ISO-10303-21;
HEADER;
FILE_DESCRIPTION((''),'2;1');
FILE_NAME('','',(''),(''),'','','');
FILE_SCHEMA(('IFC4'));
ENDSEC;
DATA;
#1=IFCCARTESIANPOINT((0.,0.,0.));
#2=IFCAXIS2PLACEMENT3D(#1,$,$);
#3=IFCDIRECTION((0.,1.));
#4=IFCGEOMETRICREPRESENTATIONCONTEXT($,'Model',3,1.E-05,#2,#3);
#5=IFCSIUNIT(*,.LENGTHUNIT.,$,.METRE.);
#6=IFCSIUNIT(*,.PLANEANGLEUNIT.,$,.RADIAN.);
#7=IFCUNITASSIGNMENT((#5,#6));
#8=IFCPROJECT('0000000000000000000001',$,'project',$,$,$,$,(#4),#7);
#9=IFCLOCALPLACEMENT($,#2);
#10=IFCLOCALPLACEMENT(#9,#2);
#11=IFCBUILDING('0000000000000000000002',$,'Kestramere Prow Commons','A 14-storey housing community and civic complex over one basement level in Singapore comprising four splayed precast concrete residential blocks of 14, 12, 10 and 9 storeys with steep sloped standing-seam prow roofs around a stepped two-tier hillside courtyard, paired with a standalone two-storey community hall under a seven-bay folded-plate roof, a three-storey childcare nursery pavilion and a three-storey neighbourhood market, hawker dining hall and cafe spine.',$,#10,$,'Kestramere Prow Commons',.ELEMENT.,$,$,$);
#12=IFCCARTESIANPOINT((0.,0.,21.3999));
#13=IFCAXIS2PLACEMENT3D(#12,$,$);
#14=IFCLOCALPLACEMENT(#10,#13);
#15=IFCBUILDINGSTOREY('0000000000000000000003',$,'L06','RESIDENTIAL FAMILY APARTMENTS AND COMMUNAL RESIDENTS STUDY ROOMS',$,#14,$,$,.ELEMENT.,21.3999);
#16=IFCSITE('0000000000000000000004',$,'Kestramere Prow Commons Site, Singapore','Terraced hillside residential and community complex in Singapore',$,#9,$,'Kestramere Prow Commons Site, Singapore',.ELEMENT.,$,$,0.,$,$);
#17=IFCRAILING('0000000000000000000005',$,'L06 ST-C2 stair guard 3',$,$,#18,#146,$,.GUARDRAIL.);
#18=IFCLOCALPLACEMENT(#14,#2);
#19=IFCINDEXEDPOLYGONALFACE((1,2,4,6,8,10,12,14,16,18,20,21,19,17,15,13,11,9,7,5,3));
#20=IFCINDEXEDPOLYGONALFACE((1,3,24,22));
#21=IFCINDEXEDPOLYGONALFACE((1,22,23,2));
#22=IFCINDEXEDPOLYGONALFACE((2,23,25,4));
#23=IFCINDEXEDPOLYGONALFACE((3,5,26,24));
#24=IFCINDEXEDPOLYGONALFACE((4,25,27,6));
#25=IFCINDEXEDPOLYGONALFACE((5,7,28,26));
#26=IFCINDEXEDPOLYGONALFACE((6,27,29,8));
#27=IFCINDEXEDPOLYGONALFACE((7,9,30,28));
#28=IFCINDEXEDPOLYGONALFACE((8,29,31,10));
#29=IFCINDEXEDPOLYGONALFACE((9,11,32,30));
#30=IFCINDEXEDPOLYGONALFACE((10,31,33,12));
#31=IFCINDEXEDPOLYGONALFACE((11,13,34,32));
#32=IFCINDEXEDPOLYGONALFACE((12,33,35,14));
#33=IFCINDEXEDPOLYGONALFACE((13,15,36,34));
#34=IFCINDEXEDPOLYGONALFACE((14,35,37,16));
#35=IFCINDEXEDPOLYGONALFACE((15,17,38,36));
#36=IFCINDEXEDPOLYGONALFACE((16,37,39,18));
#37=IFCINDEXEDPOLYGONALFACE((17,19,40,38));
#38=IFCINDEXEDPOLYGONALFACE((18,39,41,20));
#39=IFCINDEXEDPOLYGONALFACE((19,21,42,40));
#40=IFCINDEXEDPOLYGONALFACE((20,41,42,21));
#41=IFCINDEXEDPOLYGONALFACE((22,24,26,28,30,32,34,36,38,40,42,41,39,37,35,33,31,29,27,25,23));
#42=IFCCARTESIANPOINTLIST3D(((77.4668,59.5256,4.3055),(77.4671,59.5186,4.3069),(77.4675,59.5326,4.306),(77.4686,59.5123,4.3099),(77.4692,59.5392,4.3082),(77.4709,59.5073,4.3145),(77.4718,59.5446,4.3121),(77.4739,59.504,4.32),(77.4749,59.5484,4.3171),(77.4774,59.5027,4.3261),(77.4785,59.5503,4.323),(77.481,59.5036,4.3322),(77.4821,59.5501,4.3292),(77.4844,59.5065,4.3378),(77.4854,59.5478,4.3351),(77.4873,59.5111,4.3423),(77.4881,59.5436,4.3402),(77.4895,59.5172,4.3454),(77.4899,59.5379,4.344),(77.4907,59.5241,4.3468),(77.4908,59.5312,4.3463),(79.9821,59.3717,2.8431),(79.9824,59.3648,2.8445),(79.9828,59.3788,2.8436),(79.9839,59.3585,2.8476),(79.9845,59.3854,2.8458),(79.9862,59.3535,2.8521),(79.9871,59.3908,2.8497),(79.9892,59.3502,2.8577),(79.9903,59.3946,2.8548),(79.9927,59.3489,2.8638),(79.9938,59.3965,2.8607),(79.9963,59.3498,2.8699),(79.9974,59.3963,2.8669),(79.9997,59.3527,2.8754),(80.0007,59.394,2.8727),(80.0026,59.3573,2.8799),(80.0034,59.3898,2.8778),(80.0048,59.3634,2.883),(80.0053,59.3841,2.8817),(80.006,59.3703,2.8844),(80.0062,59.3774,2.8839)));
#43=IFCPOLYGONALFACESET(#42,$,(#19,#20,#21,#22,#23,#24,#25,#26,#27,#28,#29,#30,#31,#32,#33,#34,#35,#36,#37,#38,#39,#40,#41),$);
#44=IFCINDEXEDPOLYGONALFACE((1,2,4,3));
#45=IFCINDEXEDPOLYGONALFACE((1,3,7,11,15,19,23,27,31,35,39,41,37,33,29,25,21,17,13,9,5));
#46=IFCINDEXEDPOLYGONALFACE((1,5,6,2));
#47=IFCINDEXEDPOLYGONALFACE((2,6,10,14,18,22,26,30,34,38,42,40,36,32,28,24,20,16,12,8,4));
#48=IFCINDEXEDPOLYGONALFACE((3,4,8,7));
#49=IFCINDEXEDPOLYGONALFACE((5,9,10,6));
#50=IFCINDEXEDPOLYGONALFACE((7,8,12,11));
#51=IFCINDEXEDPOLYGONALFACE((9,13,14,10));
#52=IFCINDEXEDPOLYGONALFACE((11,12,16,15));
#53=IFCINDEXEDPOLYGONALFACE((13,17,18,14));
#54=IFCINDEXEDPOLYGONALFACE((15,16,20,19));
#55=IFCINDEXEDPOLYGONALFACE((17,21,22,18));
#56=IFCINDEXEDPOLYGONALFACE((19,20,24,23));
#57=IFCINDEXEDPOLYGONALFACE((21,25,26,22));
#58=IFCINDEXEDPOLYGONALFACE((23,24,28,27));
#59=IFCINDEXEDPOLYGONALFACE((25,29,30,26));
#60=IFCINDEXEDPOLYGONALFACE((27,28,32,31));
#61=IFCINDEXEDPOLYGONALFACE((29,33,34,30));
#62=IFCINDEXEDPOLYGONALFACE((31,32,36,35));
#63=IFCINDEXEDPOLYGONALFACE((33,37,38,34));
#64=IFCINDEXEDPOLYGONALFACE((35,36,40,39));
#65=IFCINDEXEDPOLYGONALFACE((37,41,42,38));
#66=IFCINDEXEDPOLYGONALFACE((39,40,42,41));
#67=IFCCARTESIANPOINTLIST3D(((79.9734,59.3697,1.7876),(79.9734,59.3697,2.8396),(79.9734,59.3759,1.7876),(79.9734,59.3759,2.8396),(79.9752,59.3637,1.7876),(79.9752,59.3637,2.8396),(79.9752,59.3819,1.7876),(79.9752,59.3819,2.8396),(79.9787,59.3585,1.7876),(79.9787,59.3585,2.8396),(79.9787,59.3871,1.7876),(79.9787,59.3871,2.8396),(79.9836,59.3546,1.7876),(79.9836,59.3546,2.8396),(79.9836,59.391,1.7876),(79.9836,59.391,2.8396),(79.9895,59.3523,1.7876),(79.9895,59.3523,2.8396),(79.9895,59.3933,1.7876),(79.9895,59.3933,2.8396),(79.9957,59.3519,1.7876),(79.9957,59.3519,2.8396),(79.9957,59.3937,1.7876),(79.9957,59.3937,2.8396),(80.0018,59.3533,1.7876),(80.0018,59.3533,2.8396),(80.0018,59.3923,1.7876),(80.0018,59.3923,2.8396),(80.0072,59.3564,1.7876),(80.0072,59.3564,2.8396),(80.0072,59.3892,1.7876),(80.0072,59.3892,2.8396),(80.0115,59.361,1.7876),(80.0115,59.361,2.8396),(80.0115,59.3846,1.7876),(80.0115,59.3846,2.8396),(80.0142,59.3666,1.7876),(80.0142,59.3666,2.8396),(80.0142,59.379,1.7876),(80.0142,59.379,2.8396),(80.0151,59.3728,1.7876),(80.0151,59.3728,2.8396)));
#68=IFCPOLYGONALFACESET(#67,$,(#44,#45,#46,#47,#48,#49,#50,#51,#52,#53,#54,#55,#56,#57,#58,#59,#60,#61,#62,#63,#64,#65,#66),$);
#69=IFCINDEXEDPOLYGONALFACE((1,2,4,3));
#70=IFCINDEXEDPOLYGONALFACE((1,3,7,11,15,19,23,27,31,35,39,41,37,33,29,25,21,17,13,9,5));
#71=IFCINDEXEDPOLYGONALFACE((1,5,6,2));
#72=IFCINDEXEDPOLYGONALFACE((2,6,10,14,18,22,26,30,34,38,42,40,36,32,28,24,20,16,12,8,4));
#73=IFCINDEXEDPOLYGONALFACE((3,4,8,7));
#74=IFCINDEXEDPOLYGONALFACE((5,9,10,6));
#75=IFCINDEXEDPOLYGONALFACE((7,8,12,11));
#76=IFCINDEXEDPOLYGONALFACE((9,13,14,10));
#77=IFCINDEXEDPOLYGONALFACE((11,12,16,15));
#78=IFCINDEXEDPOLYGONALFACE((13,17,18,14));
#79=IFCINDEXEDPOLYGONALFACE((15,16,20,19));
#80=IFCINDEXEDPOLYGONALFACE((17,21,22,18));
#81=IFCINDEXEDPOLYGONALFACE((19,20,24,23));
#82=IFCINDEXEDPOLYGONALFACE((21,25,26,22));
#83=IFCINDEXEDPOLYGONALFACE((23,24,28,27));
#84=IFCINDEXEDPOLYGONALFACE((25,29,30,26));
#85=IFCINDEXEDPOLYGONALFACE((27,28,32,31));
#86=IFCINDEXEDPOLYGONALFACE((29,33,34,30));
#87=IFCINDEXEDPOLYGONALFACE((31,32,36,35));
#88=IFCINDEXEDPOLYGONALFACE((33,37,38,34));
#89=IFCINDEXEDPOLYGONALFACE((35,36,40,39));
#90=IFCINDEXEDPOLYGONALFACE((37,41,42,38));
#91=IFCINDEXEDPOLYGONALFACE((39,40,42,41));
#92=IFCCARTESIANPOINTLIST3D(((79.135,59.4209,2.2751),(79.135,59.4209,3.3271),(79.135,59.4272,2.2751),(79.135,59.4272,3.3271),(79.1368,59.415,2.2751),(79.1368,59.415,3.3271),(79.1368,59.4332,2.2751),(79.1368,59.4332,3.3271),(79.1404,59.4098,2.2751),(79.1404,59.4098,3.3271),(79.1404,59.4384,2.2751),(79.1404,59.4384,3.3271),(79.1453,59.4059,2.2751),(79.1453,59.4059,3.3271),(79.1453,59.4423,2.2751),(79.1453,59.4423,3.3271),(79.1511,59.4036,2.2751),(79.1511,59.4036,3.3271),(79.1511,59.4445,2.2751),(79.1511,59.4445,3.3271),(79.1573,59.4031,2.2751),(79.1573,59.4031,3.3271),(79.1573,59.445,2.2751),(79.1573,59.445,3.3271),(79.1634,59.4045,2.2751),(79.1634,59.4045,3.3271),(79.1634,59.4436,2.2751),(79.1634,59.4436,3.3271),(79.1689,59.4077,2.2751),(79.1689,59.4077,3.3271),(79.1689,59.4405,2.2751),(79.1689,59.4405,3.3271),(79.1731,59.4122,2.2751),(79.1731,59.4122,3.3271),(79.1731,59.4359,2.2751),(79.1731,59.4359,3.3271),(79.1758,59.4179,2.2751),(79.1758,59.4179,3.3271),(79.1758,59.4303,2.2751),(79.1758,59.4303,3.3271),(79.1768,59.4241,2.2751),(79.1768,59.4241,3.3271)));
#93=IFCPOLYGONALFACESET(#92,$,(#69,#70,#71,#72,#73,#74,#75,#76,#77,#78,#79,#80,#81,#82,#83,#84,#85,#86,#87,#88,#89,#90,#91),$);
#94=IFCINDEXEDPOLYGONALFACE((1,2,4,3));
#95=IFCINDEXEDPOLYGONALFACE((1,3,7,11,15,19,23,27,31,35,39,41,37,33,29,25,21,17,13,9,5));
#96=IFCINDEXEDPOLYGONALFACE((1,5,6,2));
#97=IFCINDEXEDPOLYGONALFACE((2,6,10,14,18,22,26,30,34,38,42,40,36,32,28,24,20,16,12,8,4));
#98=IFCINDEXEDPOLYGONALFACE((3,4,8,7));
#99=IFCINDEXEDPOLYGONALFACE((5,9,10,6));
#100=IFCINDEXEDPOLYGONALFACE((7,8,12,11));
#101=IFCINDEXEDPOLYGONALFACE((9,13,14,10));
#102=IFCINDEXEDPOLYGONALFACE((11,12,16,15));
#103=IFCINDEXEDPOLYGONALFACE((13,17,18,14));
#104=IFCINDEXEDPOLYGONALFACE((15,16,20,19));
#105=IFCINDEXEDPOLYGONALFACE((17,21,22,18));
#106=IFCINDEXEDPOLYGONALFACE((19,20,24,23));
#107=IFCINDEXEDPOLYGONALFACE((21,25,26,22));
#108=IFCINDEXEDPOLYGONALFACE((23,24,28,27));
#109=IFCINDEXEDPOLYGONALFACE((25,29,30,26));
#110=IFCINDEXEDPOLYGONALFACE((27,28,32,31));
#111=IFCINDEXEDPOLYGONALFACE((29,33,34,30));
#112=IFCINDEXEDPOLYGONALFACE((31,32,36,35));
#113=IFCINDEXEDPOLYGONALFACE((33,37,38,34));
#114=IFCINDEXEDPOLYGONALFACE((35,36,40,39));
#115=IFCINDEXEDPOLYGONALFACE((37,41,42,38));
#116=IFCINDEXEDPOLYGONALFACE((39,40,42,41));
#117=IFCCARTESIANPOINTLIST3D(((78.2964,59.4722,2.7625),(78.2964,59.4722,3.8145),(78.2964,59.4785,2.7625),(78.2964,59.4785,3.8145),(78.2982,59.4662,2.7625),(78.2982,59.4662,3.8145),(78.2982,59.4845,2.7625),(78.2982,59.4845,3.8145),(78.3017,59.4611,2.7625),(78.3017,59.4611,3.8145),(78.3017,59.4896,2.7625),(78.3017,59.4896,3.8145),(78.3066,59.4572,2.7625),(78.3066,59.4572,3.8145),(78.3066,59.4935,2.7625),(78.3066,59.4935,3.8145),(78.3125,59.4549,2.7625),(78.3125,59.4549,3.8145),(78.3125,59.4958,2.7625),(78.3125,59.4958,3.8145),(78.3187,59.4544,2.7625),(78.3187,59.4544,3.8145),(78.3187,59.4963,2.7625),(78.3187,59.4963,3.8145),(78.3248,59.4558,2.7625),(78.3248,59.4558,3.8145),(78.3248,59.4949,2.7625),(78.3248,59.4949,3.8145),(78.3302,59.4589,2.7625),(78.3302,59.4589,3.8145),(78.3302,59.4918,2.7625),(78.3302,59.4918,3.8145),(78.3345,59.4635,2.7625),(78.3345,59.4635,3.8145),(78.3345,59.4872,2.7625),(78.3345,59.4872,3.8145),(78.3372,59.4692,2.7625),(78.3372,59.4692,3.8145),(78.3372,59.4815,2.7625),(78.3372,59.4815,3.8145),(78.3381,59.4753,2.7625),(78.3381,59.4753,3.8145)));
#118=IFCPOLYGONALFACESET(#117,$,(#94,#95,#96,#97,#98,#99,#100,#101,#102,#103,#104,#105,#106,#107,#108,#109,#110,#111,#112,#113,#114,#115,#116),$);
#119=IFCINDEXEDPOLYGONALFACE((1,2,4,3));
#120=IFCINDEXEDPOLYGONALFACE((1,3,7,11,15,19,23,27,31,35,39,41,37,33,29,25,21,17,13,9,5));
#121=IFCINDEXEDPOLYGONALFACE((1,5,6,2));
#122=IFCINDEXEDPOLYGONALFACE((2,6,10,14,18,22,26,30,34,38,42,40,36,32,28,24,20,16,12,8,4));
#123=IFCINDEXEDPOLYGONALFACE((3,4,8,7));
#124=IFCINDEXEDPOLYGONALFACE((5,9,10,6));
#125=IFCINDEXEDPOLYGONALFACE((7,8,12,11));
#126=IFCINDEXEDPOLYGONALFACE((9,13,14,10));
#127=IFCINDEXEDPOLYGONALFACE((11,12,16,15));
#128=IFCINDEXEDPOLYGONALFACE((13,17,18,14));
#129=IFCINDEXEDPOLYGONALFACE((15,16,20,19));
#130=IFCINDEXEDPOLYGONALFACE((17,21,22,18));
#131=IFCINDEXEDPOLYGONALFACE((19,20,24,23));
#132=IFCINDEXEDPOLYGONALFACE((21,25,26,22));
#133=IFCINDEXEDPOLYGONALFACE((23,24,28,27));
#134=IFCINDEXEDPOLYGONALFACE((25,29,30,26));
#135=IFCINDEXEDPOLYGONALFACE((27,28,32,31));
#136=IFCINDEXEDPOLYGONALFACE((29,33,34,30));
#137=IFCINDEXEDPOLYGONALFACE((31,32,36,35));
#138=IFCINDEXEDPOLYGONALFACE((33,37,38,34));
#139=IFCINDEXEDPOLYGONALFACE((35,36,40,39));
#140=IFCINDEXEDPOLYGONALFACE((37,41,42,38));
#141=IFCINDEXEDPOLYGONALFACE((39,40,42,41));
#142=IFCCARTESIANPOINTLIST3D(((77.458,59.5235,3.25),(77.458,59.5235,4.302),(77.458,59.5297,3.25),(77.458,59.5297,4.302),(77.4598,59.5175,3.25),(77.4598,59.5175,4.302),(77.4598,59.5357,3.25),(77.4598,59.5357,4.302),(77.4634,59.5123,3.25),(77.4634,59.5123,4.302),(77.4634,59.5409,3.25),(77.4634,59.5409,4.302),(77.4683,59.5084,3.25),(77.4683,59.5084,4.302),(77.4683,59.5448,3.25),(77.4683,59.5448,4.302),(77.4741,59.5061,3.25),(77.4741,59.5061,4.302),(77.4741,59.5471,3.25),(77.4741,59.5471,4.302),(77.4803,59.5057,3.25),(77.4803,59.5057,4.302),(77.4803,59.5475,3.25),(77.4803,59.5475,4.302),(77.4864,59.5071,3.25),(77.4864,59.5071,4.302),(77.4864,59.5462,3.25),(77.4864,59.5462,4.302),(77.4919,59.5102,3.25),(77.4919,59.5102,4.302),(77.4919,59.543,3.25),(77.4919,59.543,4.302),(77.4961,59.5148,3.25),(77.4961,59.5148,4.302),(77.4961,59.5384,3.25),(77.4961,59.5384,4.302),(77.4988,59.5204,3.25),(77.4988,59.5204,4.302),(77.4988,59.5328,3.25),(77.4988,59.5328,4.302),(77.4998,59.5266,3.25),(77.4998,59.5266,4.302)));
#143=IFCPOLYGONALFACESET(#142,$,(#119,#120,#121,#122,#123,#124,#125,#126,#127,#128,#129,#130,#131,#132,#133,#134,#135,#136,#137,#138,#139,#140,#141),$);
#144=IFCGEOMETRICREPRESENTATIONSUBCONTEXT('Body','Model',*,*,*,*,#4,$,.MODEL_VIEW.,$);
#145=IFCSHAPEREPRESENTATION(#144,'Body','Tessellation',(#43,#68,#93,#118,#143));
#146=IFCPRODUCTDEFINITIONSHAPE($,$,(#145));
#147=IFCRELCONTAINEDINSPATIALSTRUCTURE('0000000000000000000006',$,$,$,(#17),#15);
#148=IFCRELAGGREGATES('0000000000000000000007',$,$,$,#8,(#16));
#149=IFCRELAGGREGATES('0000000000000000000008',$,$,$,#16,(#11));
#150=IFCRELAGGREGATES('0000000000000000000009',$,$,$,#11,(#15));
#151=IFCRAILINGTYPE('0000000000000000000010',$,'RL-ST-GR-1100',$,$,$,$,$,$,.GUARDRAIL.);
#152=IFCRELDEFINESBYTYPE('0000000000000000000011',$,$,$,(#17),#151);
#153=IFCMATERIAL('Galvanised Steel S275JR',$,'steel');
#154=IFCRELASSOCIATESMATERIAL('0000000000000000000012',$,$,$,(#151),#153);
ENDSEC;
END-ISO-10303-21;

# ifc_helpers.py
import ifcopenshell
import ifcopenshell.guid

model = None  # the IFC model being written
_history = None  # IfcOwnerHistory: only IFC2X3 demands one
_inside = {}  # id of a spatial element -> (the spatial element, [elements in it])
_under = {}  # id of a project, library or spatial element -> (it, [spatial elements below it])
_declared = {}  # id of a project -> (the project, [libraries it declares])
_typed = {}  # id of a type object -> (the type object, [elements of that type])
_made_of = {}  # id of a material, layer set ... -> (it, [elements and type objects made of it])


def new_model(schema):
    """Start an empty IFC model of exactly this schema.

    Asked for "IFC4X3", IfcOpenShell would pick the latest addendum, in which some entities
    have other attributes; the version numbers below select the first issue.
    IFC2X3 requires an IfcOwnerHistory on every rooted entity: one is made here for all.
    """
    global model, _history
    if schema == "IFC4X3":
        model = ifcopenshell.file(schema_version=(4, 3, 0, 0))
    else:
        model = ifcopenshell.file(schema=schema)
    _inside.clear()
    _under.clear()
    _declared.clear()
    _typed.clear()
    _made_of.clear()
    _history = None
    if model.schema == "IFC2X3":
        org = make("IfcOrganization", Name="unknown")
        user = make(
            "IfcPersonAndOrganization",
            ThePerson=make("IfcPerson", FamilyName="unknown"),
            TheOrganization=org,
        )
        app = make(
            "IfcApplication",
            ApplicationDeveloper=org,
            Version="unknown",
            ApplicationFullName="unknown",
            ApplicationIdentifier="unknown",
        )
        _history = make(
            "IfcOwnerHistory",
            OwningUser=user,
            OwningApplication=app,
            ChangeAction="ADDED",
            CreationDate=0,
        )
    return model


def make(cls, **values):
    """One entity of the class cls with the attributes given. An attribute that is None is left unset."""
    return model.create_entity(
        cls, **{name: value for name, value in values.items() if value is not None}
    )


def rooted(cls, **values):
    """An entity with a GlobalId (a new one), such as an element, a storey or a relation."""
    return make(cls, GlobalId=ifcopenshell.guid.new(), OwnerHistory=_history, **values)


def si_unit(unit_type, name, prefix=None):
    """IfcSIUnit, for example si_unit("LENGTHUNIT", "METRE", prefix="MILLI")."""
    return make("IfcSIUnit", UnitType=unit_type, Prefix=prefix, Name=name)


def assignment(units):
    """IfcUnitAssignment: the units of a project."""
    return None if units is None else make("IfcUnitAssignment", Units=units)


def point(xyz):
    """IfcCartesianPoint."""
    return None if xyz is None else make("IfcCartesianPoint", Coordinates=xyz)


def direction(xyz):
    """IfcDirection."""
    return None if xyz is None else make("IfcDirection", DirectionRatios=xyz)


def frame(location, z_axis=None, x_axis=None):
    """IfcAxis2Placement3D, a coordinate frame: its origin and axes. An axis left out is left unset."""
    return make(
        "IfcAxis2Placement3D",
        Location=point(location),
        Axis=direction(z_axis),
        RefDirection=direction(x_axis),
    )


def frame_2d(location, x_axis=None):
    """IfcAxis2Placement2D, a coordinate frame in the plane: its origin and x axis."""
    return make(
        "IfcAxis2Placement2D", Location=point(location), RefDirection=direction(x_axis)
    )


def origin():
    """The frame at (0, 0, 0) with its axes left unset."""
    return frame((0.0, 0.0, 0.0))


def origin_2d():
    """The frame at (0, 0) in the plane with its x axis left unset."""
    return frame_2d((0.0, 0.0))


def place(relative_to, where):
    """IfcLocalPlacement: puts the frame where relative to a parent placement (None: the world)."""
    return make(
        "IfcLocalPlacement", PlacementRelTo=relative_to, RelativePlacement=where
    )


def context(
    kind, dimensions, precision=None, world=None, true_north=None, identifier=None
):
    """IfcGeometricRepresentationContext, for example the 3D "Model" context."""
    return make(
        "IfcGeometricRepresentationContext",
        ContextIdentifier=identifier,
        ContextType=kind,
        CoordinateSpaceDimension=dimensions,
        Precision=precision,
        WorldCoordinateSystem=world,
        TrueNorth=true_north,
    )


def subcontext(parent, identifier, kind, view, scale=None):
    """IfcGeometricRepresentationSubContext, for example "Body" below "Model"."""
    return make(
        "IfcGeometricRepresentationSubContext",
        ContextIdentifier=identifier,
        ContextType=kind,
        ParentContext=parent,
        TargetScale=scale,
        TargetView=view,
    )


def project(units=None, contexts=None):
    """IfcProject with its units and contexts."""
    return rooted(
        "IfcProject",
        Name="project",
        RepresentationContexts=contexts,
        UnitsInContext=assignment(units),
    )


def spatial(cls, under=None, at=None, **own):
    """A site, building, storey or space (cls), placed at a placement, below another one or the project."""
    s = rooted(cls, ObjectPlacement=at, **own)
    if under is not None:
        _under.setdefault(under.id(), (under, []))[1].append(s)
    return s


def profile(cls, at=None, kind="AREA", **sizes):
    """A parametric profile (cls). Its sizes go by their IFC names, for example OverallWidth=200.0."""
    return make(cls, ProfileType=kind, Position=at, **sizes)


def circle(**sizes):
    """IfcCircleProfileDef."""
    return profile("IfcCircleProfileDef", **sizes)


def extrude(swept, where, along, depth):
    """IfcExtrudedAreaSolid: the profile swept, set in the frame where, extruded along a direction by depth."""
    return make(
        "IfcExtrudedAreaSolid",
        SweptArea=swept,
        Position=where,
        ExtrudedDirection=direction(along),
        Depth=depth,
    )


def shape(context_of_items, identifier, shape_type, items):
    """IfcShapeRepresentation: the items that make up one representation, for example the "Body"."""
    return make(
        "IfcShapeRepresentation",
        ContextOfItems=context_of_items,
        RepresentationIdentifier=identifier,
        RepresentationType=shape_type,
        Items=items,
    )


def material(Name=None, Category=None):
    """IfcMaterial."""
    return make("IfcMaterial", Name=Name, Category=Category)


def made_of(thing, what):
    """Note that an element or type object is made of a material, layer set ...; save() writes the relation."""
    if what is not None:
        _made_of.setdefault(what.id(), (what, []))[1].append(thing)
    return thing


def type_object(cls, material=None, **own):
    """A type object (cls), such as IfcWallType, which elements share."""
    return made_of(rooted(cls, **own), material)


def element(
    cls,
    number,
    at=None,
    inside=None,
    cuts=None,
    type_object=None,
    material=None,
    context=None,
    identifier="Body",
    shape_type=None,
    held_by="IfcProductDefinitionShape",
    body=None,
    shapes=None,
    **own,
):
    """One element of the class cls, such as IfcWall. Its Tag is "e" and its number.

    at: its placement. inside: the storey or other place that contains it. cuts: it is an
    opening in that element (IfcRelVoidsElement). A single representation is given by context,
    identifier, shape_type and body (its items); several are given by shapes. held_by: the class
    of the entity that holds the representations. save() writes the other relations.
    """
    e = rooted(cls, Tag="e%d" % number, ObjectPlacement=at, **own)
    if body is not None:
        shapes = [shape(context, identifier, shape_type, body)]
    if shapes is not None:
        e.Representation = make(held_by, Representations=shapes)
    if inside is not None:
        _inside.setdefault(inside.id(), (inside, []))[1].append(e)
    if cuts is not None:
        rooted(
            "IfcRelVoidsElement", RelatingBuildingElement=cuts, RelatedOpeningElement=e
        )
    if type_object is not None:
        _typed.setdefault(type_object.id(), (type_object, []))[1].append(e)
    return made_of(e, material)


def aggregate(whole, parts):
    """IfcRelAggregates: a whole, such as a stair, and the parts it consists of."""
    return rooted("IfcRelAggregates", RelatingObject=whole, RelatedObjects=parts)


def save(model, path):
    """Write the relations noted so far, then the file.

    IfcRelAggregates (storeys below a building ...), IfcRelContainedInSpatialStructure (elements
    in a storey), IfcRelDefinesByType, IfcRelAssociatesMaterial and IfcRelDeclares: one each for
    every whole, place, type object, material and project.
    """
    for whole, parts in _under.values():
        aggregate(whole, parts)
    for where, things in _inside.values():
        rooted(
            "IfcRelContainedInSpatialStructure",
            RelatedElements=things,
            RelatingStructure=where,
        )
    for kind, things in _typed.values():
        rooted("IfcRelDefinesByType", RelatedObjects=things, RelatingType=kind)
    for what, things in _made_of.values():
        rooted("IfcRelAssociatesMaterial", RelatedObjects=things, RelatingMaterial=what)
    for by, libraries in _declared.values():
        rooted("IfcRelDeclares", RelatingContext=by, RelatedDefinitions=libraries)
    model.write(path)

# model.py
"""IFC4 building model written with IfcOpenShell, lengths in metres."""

from ifc_helpers import new_model, si_unit, direction, frame, origin, origin_2d, place, context, subcontext, project, spatial, circle, extrude, material, type_object, element, save


model = new_model("IFC4")

# Units and contexts
model_context = context("Model", 3, precision=1e-05, world=origin(), true_north=direction((0.0, 1.0)))
body_context = subcontext(model_context, "Body", "Model", "MODEL_VIEW")
ifc_project = project(units=[si_unit("LENGTHUNIT", "METRE"), si_unit("PLANEANGLEUNIT", "RADIAN")], contexts=[model_context])

# Site, building, storey
site_placement = place(None, origin())
site = spatial("IfcSite", under=ifc_project, at=site_placement, Name="Kestramere Prow Commons Site, Singapore", Description="Terraced hillside residential and community complex in Singapore", LongName="Kestramere Prow Commons Site, Singapore", CompositionType="ELEMENT", RefElevation=0.0)
building_placement = place(site_placement, origin())
building = spatial("IfcBuilding", under=site, at=building_placement, Name="Kestramere Prow Commons", Description="A 14-storey housing community and civic complex over one basement level in Singapore comprising four splayed precast concrete residential blocks of 14, 12, 10 and 9 storeys with steep sloped standing-seam prow roofs around a stepped two-tier hillside courtyard, paired with a standalone two-storey community hall under a seven-bay folded-plate roof, a three-storey childcare nursery pavilion and a three-storey neighbourhood market, hawker dining hall and cafe spine.", LongName="Kestramere Prow Commons", CompositionType="ELEMENT")
storey_placement = place(building_placement, frame((0.0, 0.0, 21.3999)))
storey = spatial("IfcBuildingStorey", under=building, at=storey_placement, Name="L06", Description="RESIDENTIAL FAMILY APARTMENTS AND COMMUNAL RESIDENTS STUDY ROOMS", CompositionType="ELEMENT", Elevation=21.3999)

# Railing
ifc_material_1 = material(Name="Galvanised Steel S275JR", Category="steel")
railing_type_1 = type_object("IfcRailingType", Name="RL-ST-GR-1100", PredefinedType="GUARDRAIL", material=ifc_material_1)
railing_1_placement = place(storey_placement, frame((79.9941, 59.3728, 1.7876)))
element("IfcRailing", 1, at=railing_1_placement, inside=storey, type_object=railing_type_1, Name="L06 ST-C2 stair guard 3", PredefinedType="GUARDRAIL", context=body_context, shape_type="SweptSolid", body=[
    extrude(circle(Radius=0.0239, at=origin_2d()), frame((0.0, 0.0, 1.0762), z_axis=(-0.863306, 0.052789, 0.501912), x_axis=(-0.061033, -0.998136, 0.0)), (0.0, 0.0, 1.0), 2.9136),
    extrude(circle(Radius=0.021, at=origin_2d()), origin(), (0.0, 0.0, 1.0), 1.052),
    extrude(circle(Radius=0.021, at=origin_2d()), frame((-0.8384, 0.0513, 0.4875)), (0.0, 0.0, 1.0), 1.052),
    extrude(circle(Radius=0.021, at=origin_2d()), frame((-1.677, 0.1025, 0.9749)), (0.0, 0.0, 1.0), 1.052),
    extrude(circle(Radius=0.021, at=origin_2d()), frame((-2.5154, 0.1538, 1.4624)), (0.0, 0.0, 1.0), 1.052),
])

save(model, "model.ifc")
